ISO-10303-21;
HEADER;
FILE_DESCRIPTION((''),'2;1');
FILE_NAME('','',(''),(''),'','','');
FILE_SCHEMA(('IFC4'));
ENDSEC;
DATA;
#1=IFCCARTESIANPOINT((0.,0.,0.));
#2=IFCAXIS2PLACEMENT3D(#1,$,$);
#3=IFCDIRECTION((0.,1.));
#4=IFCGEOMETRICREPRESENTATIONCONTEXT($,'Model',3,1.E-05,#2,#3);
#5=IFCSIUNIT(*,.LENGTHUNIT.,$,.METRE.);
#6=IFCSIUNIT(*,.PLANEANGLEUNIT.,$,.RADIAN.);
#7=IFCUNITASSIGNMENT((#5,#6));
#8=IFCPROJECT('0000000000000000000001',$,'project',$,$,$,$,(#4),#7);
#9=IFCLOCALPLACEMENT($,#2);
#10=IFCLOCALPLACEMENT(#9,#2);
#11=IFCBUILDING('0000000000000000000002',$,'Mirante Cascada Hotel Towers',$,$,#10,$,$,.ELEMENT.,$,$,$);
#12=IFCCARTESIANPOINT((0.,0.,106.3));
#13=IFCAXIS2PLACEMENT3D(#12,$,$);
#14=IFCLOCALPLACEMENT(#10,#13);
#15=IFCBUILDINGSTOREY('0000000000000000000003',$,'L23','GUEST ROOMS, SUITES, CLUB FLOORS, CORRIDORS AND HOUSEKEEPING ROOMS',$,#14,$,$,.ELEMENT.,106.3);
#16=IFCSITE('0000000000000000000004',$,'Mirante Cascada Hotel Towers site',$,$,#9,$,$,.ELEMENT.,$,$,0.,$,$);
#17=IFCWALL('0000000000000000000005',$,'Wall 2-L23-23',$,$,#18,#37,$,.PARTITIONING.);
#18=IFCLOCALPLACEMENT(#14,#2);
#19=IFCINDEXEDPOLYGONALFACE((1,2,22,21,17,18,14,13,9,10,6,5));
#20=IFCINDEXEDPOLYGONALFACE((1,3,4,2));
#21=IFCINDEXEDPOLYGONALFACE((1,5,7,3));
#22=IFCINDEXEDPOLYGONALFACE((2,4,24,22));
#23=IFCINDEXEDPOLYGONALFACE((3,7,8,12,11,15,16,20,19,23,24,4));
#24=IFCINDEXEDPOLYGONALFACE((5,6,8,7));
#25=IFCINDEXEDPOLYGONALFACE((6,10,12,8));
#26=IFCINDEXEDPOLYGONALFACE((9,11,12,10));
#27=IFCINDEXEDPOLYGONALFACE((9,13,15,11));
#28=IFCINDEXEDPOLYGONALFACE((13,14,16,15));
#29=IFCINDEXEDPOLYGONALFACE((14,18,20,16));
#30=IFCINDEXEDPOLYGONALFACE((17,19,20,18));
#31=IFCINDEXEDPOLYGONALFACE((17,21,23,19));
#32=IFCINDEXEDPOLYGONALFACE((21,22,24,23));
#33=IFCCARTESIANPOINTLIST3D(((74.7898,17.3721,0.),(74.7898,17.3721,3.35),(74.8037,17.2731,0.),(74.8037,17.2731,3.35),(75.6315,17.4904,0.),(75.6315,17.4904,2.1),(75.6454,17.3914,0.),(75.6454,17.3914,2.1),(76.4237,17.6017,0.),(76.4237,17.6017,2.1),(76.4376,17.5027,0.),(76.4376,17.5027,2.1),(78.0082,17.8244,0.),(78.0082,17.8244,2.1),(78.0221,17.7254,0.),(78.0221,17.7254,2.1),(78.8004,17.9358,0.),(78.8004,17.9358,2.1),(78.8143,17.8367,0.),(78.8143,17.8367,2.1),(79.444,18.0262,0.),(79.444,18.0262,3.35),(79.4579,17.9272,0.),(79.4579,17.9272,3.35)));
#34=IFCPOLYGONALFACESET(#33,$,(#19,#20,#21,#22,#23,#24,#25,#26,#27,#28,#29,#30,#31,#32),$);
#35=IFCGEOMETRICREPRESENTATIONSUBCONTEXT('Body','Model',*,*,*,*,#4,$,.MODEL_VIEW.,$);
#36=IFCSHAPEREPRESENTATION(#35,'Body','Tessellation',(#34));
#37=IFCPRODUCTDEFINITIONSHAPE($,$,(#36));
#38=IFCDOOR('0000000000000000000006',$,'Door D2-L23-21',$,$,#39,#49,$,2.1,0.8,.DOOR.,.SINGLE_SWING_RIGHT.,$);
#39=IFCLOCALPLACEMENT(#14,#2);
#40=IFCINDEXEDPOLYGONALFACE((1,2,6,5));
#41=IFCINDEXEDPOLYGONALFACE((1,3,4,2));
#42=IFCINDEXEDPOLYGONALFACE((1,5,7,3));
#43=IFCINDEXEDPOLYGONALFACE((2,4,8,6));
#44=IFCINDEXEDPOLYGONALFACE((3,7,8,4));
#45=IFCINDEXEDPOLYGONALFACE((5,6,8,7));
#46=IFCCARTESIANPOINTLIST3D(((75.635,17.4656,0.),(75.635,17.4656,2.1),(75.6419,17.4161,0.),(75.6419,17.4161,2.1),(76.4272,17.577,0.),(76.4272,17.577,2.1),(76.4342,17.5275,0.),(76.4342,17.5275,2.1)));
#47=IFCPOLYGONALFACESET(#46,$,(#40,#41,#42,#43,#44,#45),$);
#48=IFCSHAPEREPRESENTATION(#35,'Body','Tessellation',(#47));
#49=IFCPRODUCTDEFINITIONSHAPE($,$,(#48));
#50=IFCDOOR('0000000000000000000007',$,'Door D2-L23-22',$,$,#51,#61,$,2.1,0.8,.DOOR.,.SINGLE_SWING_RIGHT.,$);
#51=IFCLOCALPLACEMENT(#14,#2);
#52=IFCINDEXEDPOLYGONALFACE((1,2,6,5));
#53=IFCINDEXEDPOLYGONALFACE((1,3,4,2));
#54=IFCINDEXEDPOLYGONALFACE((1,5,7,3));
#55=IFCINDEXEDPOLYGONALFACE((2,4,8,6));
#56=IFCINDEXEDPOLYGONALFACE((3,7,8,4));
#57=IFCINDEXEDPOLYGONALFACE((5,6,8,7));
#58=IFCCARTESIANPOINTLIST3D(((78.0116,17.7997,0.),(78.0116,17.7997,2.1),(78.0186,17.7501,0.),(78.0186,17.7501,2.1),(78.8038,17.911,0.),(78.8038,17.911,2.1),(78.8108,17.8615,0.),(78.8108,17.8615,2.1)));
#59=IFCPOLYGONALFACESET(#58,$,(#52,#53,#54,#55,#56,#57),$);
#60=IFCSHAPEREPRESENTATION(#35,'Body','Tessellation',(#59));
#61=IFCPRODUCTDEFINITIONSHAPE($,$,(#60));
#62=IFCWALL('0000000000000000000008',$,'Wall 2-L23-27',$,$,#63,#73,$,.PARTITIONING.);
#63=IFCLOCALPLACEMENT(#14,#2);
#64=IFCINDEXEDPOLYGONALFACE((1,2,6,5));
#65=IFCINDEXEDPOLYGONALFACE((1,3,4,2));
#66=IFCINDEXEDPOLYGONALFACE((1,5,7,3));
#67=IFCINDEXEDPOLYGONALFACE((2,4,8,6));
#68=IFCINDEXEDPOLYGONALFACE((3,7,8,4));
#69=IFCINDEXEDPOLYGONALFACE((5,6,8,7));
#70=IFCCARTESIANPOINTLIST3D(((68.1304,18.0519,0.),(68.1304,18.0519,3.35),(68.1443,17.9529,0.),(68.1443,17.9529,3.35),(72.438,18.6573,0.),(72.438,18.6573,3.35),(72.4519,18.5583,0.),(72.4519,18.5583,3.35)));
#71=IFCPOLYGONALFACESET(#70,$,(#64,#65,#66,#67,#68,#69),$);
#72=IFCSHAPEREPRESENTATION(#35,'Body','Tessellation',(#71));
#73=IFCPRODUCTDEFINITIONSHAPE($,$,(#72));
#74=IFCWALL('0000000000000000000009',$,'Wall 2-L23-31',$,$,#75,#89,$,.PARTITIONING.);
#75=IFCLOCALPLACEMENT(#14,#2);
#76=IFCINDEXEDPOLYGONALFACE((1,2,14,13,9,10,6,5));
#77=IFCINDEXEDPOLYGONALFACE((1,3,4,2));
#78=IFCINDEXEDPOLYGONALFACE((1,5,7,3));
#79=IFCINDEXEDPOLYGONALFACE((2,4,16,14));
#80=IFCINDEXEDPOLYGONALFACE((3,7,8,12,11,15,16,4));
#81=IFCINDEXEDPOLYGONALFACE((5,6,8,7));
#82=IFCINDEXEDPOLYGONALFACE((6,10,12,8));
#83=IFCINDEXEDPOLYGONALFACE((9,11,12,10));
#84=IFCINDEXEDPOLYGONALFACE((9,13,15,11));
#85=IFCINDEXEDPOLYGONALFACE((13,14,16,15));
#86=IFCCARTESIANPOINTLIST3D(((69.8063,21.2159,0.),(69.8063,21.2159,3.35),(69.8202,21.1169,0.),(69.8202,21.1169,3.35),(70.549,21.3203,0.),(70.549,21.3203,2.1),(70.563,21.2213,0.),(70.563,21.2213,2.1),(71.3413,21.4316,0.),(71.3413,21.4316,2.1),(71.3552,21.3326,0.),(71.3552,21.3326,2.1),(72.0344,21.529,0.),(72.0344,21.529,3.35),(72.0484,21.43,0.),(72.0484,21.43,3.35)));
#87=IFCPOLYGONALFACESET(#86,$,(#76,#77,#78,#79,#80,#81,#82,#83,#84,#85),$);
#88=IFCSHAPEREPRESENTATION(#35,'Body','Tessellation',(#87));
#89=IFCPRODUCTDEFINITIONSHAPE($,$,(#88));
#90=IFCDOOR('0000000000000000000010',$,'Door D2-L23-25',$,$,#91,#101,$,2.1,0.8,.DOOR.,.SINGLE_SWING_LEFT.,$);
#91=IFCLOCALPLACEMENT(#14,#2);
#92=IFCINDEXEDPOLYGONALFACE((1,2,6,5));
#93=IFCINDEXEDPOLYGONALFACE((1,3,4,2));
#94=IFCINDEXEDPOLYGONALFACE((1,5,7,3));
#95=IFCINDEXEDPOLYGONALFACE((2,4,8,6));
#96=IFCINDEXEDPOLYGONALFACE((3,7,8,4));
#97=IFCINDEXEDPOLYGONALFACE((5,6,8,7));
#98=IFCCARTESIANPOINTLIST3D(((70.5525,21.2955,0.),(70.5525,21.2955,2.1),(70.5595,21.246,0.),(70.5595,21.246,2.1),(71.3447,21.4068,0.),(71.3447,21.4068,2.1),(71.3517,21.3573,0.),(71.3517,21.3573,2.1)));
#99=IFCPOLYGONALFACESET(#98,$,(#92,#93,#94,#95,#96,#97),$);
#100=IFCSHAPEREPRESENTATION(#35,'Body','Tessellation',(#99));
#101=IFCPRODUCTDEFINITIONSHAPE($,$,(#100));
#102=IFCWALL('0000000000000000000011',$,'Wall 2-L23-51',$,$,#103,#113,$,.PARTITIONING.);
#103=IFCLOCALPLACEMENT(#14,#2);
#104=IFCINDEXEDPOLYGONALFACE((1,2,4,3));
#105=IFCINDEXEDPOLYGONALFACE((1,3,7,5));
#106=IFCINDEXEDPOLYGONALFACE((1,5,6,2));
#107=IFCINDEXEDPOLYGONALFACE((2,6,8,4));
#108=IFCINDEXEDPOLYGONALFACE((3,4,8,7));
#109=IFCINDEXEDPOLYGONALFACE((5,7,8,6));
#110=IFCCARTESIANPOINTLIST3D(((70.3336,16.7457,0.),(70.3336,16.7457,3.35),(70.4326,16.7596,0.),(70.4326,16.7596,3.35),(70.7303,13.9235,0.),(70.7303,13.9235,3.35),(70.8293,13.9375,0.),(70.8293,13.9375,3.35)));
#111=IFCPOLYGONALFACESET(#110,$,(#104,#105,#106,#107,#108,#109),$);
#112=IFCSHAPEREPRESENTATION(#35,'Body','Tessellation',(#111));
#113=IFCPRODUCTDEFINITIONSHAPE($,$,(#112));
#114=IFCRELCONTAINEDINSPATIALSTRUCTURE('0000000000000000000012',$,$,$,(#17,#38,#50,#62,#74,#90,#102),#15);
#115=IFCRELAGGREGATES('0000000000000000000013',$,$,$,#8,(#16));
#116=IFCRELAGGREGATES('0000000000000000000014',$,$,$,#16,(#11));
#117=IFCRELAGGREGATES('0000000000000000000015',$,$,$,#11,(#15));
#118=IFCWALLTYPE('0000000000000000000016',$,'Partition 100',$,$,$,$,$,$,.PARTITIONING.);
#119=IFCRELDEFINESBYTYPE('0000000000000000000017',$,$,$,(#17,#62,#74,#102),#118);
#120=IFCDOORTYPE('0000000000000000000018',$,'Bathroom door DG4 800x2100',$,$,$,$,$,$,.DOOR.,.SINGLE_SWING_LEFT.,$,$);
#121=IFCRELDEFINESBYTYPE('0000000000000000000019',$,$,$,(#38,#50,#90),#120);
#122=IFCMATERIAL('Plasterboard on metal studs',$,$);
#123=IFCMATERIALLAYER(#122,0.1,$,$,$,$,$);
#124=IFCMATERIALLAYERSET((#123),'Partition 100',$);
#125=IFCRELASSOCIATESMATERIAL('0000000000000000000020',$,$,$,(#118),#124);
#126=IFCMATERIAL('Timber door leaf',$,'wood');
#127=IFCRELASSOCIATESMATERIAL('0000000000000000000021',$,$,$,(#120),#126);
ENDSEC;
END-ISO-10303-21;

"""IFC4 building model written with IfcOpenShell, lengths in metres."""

from ifc_helpers import new_model, si_unit, direction, frame, frame_2d, origin, place, context, subcontext, project, spatial, rectangle, extrude, material, layer, layer_set, type_object, element, fill, save


model = new_model("IFC4")

# Units and contexts
model_context = context("Model", 3, precision=1e-05, world=origin(), true_north=direction((0.0, 1.0)))
body_context = subcontext(model_context, "Body", "Model", "MODEL_VIEW")
ifc_project = project(units=[si_unit("LENGTHUNIT", "METRE"), si_unit("PLANEANGLEUNIT", "RADIAN")], contexts=[model_context])

# Site, building, storey
site_placement = place(None, origin())
site = spatial("IfcSite", under=ifc_project, at=site_placement, Name="Mirante Cascada Hotel Towers site", CompositionType="ELEMENT", RefElevation=0.0)
building_placement = place(site_placement, origin())
building = spatial("IfcBuilding", under=site, at=building_placement, Name="Mirante Cascada Hotel Towers", CompositionType="ELEMENT")
storey_placement = place(building_placement, frame((0.0, 0.0, 106.3)))
storey = spatial("IfcBuildingStorey", under=building, at=storey_placement, Name="L23", Description="GUEST ROOMS, SUITES, CLUB FLOORS, CORRIDORS AND HOUSEKEEPING ROOMS", CompositionType="ELEMENT", Elevation=106.3)

# Shared definitions
ifc_material_1 = material(Name="Plasterboard on metal studs")
ifc_layer_1 = layer(ifc_material_1, 0.1)
ifc_layer_set_1 = layer_set([ifc_layer_1], Name="Partition 100")
wall_type_1 = type_object("IfcWallType", Name="Partition 100", PredefinedType="PARTITIONING", material=ifc_layer_set_1)
ifc_material_2 = material(Name="Timber door leaf", Category="wood")
door_type = type_object("IfcDoorType", Name="Bathroom door DG4 800x2100", OperationType="SINGLE_SWING_LEFT", PredefinedType="DOOR", material=ifc_material_2)

# Wall, openings, doors
wall_1_placement = place(storey_placement, frame((79.451, 17.9767, 0.0), z_axis=(0.0, 0.0, 1.0), x_axis=(-0.990268, -0.139172, 0.0)))
wall_1 = element("IfcWall", 1, at=wall_1_placement, inside=storey, type_object=wall_type_1, Name="Wall 2-L23-23", PredefinedType="PARTITIONING", context=body_context, shape_type="SweptSolid", body=[
    extrude(rectangle(XDim=4.6999, YDim=0.1, at=frame_2d((2.35, 0.0))), origin(), (0.0, 0.0, 1.0), 3.35),
])
opening_1_placement = place(wall_1_placement, frame((3.05, 0.0, 0.0)))
opening_1 = element("IfcOpeningElement", 2, at=opening_1_placement, cuts=wall_1, PredefinedType="OPENING", context=body_context, shape_type="SweptSolid", body=[
    extrude(rectangle(XDim=0.8, YDim=2.1, at=frame_2d((0.4, 1.05))), frame((0.0, 0.05, 0.0), z_axis=(0.0, -1.0, 0.0), x_axis=(1.0, 0.0, 0.0)), (0.0, 0.0, 1.0), 0.1),
])
opening_2_placement = place(wall_1_placement, frame((0.65, 0.0, 0.0)))
opening_2 = element("IfcOpeningElement", 3, at=opening_2_placement, cuts=wall_1, PredefinedType="OPENING", context=body_context, shape_type="SweptSolid", body=[
    extrude(rectangle(XDim=0.8, YDim=2.1, at=frame_2d((0.4, 1.05))), frame((0.0, 0.05, 0.0), z_axis=(0.0, -1.0, 0.0), x_axis=(1.0, 0.0, 0.0)), (0.0, 0.0, 1.0), 0.1),
])
door_1_placement = place(opening_1_placement, frame((0.8, 0.0, 0.0), z_axis=(0.0, 0.0, 1.0), x_axis=(-1.0, 0.0, 0.0)))
door_1 = element("IfcDoor", 4, at=door_1_placement, inside=storey, type_object=door_type, Name="Door D2-L23-21", OperationType="SINGLE_SWING_RIGHT", OverallHeight=2.1, OverallWidth=0.8, PredefinedType="DOOR", context=body_context, shape_type="SweptSolid", body=[
    extrude(rectangle(XDim=0.8, YDim=2.1, at=frame_2d((0.4, 1.05))), frame((0.0, 0.025, 0.0), z_axis=(0.0, -1.0, 0.0), x_axis=(1.0, 0.0, 0.0)), (0.0, 0.0, 1.0), 0.05),
])
fill(opening_1, door_1)
door_2_placement = place(opening_2_placement, frame((0.8, 0.0, 0.0), z_axis=(0.0, 0.0, 1.0), x_axis=(-1.0, 0.0, 0.0)))
door_2 = element("IfcDoor", 5, at=door_2_placement, inside=storey, type_object=door_type, Name="Door D2-L23-22", OperationType="SINGLE_SWING_RIGHT", OverallHeight=2.1, OverallWidth=0.8, PredefinedType="DOOR", context=body_context, shape_type="SweptSolid", body=[
    extrude(rectangle(XDim=0.8, YDim=2.1, at=frame_2d((0.4, 1.05))), frame((0.0, 0.025, 0.0), z_axis=(0.0, -1.0, 0.0), x_axis=(1.0, 0.0, 0.0)), (0.0, 0.0, 1.0), 0.05),
])
fill(opening_2, door_2)

# Wall
wall_2_placement = place(storey_placement, frame((72.445, 18.6078, 0.0), z_axis=(0.0, 0.0, 1.0), x_axis=(-0.990268, -0.139175, 0.0)))
element("IfcWall", 6, at=wall_2_placement, inside=storey, type_object=wall_type_1, Name="Wall 2-L23-27", PredefinedType="PARTITIONING", context=body_context, shape_type="SweptSolid", body=[
    extrude(rectangle(XDim=4.3499, YDim=0.1, at=frame_2d((2.175, 0.0))), origin(), (0.0, 0.0, 1.0), 3.35),
])

# Wall, opening, door
wall_3_placement = place(storey_placement, frame((72.0414, 21.4795, 0.0), z_axis=(0.0, 0.0, 1.0), x_axis=(-0.990271, -0.139156, 0.0)))
wall_3 = element("IfcWall", 7, at=wall_3_placement, inside=storey, type_object=wall_type_1, Name="Wall 2-L23-31", PredefinedType="PARTITIONING", context=body_context, shape_type="SweptSolid", body=[
    extrude(rectangle(XDim=2.25, YDim=0.1, at=frame_2d((1.125, 0.0))), origin(), (0.0, 0.0, 1.0), 3.35),
])
opening_3_placement = place(wall_3_placement, frame((0.7, 0.0, 0.0)))
opening_3 = element("IfcOpeningElement", 8, at=opening_3_placement, cuts=wall_3, PredefinedType="OPENING", context=body_context, shape_type="SweptSolid", body=[
    extrude(rectangle(XDim=0.8, YDim=2.1, at=frame_2d((0.4, 1.05))), frame((0.0, 0.05, 0.0), z_axis=(0.0, -1.0, 0.0), x_axis=(1.0, 0.0, 0.0)), (0.0, 0.0, 1.0), 0.1),
])
door_3_placement = place(opening_3_placement, origin())
door_3 = element("IfcDoor", 9, at=door_3_placement, inside=storey, type_object=door_type, Name="Door D2-L23-25", OperationType="SINGLE_SWING_LEFT", OverallHeight=2.1, OverallWidth=0.8, PredefinedType="DOOR", context=body_context, shape_type="SweptSolid", body=[
    extrude(rectangle(XDim=0.8, YDim=2.1, at=frame_2d((0.4, 1.05))), frame((0.0, 0.025, 0.0), z_axis=(0.0, -1.0, 0.0), x_axis=(1.0, 0.0, 0.0)), (0.0, 0.0, 1.0), 0.05),
])
fill(opening_3, door_3)

# Wall
wall_4_placement = place(storey_placement, frame((70.3831, 16.7527, 0.0), z_axis=(0.0, 0.0, 1.0), x_axis=(0.139196, -0.990265, 0.0)))
element("IfcWall", 10, at=wall_4_placement, inside=storey, type_object=wall_type_1, Name="Wall 2-L23-51", PredefinedType="PARTITIONING", context=body_context, shape_type="SweptSolid", body=[
    extrude(rectangle(XDim=2.8499, YDim=0.1, at=frame_2d((1.425, 0.0))), origin(), (0.0, 0.0, 1.0), 3.35),
])

save(model, "model.ifc")
